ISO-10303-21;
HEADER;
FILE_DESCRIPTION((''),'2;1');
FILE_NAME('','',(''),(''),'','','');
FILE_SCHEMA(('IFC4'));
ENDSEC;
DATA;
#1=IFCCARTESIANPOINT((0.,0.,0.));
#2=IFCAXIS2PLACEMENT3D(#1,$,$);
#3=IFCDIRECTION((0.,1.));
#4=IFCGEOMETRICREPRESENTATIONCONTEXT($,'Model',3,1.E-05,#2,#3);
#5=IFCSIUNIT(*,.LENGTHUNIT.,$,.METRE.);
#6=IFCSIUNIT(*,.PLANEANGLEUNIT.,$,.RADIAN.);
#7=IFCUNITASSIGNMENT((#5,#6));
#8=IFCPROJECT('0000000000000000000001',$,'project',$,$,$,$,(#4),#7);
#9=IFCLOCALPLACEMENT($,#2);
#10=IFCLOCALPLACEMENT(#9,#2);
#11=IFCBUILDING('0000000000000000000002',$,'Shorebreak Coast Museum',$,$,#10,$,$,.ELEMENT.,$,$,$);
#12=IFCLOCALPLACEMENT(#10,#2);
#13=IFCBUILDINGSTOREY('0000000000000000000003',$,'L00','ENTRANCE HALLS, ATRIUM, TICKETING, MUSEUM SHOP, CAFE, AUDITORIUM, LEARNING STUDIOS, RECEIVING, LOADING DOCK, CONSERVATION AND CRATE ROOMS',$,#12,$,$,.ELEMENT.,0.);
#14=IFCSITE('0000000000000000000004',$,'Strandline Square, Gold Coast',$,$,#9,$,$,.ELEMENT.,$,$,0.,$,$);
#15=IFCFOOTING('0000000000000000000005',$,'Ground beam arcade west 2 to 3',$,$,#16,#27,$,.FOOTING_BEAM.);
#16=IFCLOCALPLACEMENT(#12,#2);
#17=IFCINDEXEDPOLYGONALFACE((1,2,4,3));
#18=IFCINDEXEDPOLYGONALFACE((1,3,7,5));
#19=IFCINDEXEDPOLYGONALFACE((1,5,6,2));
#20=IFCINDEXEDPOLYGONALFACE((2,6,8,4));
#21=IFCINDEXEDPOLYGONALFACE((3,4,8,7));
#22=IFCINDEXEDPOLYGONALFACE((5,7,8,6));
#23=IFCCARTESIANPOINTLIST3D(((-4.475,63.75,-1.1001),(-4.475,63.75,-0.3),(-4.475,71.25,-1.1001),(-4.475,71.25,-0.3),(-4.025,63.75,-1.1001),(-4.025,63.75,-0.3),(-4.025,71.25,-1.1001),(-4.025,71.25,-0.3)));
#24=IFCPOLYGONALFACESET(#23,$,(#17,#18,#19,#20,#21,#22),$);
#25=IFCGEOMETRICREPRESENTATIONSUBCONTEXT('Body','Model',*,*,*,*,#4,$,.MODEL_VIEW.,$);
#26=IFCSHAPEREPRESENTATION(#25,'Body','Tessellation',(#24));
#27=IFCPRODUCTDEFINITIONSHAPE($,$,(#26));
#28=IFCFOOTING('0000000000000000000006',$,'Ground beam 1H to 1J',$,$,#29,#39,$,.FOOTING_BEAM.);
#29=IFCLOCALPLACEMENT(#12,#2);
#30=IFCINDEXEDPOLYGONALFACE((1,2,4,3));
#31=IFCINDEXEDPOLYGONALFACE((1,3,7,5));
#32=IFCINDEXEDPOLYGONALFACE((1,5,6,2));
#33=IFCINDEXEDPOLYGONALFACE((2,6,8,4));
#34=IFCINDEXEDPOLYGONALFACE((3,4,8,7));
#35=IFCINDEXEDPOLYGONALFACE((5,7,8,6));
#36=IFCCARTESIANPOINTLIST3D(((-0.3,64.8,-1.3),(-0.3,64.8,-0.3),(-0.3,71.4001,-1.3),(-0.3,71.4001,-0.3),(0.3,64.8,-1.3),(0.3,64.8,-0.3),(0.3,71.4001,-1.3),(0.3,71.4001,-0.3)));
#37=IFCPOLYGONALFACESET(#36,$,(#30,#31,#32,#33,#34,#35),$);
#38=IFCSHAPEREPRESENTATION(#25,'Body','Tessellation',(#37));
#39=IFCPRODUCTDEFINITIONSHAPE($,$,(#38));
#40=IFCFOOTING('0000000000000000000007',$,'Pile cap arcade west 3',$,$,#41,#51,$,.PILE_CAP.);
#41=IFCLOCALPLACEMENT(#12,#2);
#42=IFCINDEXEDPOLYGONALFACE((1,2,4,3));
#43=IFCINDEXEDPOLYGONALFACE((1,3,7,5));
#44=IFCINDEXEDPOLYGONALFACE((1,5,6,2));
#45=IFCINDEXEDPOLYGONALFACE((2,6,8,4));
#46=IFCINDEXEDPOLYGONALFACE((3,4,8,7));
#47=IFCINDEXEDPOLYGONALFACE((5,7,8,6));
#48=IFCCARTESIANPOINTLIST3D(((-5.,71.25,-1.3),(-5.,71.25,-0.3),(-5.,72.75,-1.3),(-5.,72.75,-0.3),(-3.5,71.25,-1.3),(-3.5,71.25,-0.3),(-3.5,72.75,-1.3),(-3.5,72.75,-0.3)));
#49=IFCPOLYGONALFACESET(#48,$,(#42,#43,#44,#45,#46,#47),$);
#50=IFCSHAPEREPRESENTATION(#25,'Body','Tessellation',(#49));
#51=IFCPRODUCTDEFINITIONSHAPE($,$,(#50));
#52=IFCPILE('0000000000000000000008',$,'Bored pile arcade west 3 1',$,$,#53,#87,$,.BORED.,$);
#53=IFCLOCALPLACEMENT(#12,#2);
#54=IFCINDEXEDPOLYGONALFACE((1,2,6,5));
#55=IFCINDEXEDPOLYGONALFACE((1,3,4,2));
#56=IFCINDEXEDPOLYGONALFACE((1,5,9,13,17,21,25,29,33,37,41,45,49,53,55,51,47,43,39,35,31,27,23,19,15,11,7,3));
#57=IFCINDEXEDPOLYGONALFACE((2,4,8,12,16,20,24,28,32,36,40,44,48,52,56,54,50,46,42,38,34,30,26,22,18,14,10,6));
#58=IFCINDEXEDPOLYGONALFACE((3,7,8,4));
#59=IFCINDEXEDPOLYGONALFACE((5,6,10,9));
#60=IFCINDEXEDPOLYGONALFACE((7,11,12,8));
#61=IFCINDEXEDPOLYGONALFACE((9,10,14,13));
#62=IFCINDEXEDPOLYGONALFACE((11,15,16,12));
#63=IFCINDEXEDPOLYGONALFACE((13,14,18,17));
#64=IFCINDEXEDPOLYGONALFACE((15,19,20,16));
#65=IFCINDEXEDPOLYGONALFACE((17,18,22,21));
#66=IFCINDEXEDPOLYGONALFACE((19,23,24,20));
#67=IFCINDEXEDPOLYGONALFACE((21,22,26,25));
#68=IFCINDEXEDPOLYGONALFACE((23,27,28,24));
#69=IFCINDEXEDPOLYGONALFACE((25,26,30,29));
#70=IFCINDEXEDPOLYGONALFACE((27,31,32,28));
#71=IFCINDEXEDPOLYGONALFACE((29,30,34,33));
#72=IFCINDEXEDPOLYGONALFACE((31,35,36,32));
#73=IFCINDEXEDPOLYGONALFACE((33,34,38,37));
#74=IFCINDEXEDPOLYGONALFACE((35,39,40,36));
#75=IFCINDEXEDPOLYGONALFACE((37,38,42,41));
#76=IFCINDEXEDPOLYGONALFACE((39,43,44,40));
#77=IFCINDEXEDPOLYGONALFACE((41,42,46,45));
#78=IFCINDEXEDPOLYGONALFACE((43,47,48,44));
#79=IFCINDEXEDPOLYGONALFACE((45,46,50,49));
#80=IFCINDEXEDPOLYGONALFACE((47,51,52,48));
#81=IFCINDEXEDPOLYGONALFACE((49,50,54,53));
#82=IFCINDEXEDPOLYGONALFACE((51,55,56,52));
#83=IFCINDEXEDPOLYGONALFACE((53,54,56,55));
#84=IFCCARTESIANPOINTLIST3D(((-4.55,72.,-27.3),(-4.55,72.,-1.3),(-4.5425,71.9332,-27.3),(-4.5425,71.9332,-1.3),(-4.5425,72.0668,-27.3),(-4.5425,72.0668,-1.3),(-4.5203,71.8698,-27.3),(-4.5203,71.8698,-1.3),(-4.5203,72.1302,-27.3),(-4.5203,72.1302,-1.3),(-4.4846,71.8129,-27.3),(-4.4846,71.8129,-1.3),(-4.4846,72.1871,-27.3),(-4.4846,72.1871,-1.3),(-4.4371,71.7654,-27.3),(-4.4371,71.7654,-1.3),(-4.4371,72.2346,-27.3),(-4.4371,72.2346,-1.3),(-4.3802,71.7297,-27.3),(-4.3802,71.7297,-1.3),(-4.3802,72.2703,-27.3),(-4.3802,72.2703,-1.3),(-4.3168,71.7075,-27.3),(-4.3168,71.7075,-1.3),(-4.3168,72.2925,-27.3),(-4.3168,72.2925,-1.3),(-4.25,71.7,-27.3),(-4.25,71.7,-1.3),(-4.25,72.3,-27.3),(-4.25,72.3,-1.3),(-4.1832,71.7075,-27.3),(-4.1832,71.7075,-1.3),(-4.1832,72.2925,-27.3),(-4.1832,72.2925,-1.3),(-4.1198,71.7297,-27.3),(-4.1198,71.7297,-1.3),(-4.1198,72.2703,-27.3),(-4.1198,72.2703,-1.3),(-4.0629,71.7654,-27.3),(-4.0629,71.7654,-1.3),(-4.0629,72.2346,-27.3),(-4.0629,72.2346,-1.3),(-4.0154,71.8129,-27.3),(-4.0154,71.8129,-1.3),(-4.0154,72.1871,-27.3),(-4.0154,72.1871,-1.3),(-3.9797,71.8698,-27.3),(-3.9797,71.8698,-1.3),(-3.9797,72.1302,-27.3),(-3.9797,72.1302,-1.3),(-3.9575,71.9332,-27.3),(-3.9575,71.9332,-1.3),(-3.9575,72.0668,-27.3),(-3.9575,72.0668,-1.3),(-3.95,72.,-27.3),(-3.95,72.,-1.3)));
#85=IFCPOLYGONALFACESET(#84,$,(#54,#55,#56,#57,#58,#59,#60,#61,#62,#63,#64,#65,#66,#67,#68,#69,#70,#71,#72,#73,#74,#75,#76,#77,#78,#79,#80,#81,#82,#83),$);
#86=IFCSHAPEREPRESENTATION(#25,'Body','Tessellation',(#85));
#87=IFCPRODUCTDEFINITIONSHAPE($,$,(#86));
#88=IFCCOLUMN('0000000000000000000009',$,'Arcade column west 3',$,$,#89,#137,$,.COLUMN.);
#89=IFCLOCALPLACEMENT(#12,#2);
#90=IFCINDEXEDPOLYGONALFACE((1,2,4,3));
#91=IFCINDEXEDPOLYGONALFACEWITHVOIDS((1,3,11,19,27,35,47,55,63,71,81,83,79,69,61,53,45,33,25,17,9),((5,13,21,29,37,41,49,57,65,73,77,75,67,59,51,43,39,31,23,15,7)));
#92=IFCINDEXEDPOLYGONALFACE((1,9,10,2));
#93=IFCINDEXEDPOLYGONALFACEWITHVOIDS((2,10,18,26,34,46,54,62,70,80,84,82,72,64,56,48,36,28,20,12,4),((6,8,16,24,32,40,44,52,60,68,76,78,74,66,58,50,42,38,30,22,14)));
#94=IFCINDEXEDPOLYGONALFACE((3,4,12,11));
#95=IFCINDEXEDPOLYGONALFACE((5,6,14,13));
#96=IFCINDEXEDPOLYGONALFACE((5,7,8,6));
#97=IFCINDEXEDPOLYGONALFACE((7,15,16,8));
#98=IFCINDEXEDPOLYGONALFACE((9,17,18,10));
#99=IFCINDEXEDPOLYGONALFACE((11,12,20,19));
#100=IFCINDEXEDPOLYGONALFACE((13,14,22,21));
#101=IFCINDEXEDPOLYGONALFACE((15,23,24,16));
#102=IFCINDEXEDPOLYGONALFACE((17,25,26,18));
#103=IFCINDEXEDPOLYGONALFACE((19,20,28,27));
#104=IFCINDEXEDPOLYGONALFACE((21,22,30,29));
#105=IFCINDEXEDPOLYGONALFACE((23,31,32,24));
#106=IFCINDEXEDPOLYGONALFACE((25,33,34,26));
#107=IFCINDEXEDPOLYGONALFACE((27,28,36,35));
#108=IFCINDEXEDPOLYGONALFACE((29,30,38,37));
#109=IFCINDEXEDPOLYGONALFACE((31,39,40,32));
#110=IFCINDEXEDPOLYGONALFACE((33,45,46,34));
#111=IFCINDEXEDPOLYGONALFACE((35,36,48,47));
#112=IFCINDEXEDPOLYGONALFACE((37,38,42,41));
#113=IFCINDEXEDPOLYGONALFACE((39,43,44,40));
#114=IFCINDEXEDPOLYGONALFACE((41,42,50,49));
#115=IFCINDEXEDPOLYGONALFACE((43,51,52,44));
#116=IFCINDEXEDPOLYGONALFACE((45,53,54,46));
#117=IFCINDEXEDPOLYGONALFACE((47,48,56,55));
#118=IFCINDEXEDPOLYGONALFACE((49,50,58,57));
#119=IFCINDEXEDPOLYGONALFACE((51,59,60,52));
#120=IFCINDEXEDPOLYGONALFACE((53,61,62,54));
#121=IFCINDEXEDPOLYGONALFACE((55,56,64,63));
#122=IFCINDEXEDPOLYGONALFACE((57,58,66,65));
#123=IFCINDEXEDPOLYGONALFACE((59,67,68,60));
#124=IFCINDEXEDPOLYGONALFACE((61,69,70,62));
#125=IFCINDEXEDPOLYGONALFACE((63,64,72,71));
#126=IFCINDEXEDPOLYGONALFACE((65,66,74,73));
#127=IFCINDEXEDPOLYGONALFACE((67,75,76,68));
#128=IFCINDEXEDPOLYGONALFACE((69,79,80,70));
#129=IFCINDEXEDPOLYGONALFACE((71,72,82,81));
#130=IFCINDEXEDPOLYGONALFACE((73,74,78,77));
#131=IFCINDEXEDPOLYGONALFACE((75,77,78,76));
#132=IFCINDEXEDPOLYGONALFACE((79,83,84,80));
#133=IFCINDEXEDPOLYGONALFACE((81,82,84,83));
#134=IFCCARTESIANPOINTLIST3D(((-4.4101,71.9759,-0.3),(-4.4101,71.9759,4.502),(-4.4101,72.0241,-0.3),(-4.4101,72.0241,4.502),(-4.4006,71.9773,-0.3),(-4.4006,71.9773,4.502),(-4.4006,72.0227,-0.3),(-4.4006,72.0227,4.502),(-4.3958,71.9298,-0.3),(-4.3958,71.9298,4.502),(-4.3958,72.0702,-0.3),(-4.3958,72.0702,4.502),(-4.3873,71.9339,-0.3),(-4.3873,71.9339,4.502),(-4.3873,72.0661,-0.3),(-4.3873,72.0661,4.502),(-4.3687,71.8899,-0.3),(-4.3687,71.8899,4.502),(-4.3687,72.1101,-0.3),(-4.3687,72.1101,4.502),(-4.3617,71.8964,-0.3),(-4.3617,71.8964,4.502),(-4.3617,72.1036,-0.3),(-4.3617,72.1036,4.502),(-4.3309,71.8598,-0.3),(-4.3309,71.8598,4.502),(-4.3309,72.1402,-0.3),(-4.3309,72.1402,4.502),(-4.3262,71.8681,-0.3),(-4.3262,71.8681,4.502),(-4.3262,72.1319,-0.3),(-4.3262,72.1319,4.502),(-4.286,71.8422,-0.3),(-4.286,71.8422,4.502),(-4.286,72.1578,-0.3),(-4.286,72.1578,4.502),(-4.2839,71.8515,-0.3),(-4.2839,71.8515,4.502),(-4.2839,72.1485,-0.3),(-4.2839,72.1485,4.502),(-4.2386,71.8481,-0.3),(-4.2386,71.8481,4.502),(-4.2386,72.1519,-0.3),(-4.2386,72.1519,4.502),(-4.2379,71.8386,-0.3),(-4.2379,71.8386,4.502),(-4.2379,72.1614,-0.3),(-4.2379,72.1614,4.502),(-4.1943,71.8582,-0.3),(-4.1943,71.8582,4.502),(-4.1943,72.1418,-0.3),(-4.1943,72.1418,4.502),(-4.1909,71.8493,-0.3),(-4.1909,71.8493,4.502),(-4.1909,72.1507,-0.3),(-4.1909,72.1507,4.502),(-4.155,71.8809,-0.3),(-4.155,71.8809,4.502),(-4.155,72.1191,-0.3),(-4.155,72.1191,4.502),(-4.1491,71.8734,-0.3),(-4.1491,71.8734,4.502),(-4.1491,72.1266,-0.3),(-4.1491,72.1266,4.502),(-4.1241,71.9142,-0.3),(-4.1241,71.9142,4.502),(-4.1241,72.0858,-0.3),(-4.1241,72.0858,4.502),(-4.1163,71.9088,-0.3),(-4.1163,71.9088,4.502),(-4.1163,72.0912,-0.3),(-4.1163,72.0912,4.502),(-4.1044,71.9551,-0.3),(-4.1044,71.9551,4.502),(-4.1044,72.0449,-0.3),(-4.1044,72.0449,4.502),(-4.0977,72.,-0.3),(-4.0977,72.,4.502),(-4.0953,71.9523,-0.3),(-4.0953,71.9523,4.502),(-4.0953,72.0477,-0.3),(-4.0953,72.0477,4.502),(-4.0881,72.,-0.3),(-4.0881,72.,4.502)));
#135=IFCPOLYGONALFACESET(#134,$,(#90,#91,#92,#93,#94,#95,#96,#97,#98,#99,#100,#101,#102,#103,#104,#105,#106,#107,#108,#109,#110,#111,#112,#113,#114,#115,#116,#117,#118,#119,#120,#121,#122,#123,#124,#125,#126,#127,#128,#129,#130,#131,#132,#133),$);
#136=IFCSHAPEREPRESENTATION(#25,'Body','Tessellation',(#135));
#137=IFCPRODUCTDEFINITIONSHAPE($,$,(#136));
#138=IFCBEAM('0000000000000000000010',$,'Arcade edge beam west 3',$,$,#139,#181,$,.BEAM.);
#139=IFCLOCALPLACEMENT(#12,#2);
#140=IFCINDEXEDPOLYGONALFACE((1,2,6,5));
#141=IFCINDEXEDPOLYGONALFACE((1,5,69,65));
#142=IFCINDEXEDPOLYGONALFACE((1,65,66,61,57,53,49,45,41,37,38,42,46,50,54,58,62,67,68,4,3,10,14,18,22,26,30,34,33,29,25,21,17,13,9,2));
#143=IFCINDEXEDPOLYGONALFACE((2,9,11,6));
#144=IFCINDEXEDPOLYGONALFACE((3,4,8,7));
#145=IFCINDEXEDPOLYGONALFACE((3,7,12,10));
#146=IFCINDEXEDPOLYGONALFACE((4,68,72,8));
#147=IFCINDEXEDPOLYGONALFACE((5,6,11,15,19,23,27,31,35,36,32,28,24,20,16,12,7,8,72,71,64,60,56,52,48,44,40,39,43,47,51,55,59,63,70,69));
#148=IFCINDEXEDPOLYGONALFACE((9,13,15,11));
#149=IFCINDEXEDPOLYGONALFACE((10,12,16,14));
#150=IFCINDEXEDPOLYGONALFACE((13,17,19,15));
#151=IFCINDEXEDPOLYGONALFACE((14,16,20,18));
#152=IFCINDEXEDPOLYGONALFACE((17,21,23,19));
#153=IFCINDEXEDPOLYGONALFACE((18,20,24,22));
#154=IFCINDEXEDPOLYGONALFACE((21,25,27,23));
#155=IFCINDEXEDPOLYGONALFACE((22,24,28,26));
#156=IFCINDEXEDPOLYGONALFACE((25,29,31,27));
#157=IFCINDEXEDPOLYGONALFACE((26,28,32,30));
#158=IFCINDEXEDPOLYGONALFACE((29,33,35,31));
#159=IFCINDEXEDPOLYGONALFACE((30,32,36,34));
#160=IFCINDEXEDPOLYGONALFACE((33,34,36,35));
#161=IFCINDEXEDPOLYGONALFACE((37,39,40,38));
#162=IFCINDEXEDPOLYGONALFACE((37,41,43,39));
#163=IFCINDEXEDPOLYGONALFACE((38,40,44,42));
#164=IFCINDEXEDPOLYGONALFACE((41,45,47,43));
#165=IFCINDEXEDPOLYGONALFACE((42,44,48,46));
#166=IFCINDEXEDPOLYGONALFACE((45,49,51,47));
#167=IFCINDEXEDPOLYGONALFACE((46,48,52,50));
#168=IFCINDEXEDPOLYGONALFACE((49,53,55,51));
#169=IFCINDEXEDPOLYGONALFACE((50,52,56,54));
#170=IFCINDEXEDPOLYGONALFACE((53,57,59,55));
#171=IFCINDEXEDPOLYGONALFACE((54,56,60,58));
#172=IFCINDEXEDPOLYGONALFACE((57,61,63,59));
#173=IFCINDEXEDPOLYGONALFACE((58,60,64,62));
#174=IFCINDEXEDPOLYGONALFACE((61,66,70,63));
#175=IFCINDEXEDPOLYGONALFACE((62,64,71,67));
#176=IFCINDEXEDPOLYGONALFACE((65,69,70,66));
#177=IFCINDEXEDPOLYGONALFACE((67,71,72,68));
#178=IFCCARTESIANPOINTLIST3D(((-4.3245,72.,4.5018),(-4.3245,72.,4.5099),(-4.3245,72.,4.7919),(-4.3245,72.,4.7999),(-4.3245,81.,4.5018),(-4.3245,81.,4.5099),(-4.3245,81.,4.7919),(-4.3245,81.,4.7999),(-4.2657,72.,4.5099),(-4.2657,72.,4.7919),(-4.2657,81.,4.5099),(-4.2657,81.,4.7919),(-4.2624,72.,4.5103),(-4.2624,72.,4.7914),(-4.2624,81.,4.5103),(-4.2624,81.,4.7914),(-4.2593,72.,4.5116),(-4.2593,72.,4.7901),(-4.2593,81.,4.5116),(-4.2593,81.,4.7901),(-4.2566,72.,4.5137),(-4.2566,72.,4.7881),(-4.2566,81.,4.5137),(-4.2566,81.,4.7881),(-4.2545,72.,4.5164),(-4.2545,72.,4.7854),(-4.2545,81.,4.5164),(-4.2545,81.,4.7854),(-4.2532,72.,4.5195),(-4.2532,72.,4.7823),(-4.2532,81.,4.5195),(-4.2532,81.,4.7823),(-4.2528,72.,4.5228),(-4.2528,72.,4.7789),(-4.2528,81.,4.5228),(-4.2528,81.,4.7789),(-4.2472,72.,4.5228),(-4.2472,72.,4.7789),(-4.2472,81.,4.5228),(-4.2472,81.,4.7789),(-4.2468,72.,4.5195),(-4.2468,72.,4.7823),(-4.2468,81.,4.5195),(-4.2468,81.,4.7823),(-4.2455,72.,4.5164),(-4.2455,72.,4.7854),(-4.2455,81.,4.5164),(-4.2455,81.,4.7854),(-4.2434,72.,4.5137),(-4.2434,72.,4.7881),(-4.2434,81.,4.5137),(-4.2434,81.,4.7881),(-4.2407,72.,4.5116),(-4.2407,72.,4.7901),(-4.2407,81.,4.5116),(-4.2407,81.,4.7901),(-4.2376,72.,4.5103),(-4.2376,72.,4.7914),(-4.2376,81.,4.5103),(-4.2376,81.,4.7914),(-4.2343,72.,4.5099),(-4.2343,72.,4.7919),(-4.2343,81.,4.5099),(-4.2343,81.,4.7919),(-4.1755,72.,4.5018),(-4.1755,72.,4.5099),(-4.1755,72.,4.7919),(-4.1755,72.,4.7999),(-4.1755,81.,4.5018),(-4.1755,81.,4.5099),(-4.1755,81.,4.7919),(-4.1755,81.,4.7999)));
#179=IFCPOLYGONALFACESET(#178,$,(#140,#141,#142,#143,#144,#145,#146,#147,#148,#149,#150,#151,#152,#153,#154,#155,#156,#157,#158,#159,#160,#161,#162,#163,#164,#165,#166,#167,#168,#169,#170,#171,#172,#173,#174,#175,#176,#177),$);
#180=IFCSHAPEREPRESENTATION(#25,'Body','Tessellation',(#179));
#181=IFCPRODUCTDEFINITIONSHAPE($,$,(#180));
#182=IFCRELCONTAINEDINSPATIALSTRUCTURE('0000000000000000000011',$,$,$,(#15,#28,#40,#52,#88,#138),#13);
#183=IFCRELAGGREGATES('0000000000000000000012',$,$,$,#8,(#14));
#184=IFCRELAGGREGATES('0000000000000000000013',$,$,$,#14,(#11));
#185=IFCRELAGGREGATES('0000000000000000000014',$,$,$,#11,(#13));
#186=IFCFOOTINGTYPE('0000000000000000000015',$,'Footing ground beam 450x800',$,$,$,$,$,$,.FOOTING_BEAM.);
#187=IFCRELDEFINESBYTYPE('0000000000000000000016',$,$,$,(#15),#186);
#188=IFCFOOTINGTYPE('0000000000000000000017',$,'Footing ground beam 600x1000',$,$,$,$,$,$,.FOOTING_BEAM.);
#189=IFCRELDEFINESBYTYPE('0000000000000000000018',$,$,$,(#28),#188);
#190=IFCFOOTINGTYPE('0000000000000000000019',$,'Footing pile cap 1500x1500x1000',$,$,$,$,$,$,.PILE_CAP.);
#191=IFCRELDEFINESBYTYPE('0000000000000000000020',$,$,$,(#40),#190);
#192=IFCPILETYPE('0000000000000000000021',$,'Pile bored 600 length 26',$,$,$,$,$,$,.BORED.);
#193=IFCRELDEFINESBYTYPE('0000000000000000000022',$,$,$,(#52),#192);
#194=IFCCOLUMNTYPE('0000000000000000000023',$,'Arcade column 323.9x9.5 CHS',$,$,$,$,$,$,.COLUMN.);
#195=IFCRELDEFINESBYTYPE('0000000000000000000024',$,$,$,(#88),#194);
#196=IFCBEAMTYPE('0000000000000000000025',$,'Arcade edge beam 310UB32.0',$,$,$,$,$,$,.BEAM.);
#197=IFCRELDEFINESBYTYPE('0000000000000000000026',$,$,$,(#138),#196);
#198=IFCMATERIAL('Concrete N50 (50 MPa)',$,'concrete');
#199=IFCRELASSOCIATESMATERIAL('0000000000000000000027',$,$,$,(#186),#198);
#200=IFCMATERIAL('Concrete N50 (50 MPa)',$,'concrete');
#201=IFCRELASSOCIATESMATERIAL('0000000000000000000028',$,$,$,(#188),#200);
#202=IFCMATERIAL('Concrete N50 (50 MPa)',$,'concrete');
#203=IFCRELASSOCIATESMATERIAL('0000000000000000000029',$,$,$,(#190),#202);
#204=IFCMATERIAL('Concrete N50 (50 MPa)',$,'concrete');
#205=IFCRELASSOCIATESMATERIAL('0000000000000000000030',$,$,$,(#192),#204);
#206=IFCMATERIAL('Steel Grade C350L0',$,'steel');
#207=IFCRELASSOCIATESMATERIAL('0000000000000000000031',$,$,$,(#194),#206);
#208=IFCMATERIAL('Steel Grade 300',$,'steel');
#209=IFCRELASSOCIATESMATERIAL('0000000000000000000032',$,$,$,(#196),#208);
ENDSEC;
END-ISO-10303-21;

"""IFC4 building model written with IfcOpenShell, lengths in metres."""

from ifc_helpers import new_model, si_unit, direction, frame, origin, origin_2d, place, context, subcontext, project, spatial, rectangle, circle, hollow_circle, i_section, extrude, material, material_profile, profile_set, type_object, element, save


model = new_model("IFC4")

# Units and contexts
model_context = context("Model", 3, precision=1e-05, world=origin(), true_north=direction((0.0, 1.0)))
body_context = subcontext(model_context, "Body", "Model", "MODEL_VIEW")
ifc_project = project(units=[si_unit("LENGTHUNIT", "METRE"), si_unit("PLANEANGLEUNIT", "RADIAN")], contexts=[model_context])

# Site, building, storey
site_placement = place(None, origin())
site = spatial("IfcSite", under=ifc_project, at=site_placement, Name="Strandline Square, Gold Coast", CompositionType="ELEMENT", RefElevation=0.0)
building_placement = place(site_placement, origin())
building = spatial("IfcBuilding", under=site, at=building_placement, Name="Shorebreak Coast Museum", CompositionType="ELEMENT")
storey_placement = place(building_placement, origin())
storey = spatial("IfcBuildingStorey", under=building, at=storey_placement, Name="L00", Description="ENTRANCE HALLS, ATRIUM, TICKETING, MUSEUM SHOP, CAFE, AUDITORIUM, LEARNING STUDIOS, RECEIVING, LOADING DOCK, CONSERVATION AND CRATE ROOMS", CompositionType="ELEMENT", Elevation=0.0)

# Footings
ifc_material_1 = material(Name="Concrete N50 (50 MPa)", Category="concrete")
footing_type_1 = type_object("IfcFootingType", Name="Footing ground beam 450x800", PredefinedType="FOOTING_BEAM", material=ifc_material_1)
footing_1_placement = place(storey_placement, frame((-4.25, 67.5, -1.1001), z_axis=(0.0, 0.0, 1.0), x_axis=(1.0, 0.0, 0.0)))
element("IfcFooting", 1, at=footing_1_placement, inside=storey, type_object=footing_type_1, Name="Ground beam arcade west 2 to 3", PredefinedType="FOOTING_BEAM", context=body_context, shape_type="SweptSolid", body=[
    extrude(rectangle(XDim=0.45, YDim=7.5, at=origin_2d()), origin(), (0.0, 0.0, 1.0), 0.8),
])
ifc_material_2 = material(Name="Concrete N50 (50 MPa)", Category="concrete")
footing_type_2 = type_object("IfcFootingType", Name="Footing ground beam 600x1000", PredefinedType="FOOTING_BEAM", material=ifc_material_2)
footing_2_placement = place(storey_placement, frame((0.0, 68.1001, -1.3), z_axis=(0.0, 0.0, 1.0), x_axis=(1.0, 0.0, 0.0)))
element("IfcFooting", 2, at=footing_2_placement, inside=storey, type_object=footing_type_2, Name="Ground beam 1H to 1J", PredefinedType="FOOTING_BEAM", context=body_context, shape_type="SweptSolid", body=[
    extrude(rectangle(XDim=0.6001, YDim=6.6001, at=origin_2d()), origin(), (0.0, 0.0, 1.0), 1.0),
])
ifc_material_3 = material(Name="Concrete N50 (50 MPa)", Category="concrete")
footing_type_3 = type_object("IfcFootingType", Name="Footing pile cap 1500x1500x1000", PredefinedType="PILE_CAP", material=ifc_material_3)
footing_3_placement = place(storey_placement, frame((-4.25, 72.0, -1.3), z_axis=(0.0, 0.0, 1.0), x_axis=(1.0, 0.0, 0.0)))
element("IfcFooting", 3, at=footing_3_placement, inside=storey, type_object=footing_type_3, Name="Pile cap arcade west 3", PredefinedType="PILE_CAP", context=body_context, shape_type="SweptSolid", body=[
    extrude(rectangle(XDim=1.5, YDim=1.5, at=origin_2d()), origin(), (0.0, 0.0, 1.0), 1.0),
])

# Pile
ifc_material_4 = material(Name="Concrete N50 (50 MPa)", Category="concrete")
ifc_material_profile_1 = material_profile(ifc_material_4, circle(Radius=0.3, at=origin_2d()), Name="Pile bored 600 length 26")
ifc_profile_set_1 = profile_set([ifc_material_profile_1], Name="Concrete N50 (50 MPa)")
pile_type = type_object("IfcPileType", Name="Pile bored 600 length 26", PredefinedType="BORED", material=ifc_profile_set_1)
pile_placement = place(storey_placement, frame((-4.25, 72.0, -1.3), z_axis=(0.0, 0.0, -1.0), x_axis=(1.0, 0.0, 0.0)))
element("IfcPile", 4, at=pile_placement, inside=storey, type_object=pile_type, Name="Bored pile arcade west 3 1", PredefinedType="BORED", context=body_context, shape_type="SweptSolid", body=[
    extrude(circle(Radius=0.3, at=origin_2d()), origin(), (0.0, 0.0, 1.0), 26.0),
])

# Column
ifc_material_5 = material(Name="Steel Grade C350L0", Category="steel")
ifc_material_profile_2 = material_profile(ifc_material_5, hollow_circle(Radius=0.1619, WallThickness=0.0095, at=origin_2d()), Name="323.9x9.5 CHS")
ifc_profile_set_2 = profile_set([ifc_material_profile_2], Name="Steel Grade C350L0")
column_type = type_object("IfcColumnType", Name="Arcade column 323.9x9.5 CHS", PredefinedType="COLUMN", material=ifc_profile_set_2)
column_placement = place(storey_placement, frame((-4.25, 72.0, -0.3), z_axis=(0.0, 0.0, 1.0), x_axis=(1.0, 0.0, 0.0)))
element("IfcColumn", 5, at=column_placement, inside=storey, type_object=column_type, Name="Arcade column west 3", PredefinedType="COLUMN", context=body_context, shape_type="SweptSolid", body=[
    extrude(hollow_circle(Radius=0.1619, WallThickness=0.0095, at=origin_2d()), origin(), (0.0, 0.0, 1.0), 4.802),
])

# Beam
ifc_material_6 = material(Name="Steel Grade 300", Category="steel")
ifc_material_profile_3 = material_profile(ifc_material_6, i_section(OverallWidth=0.1489, OverallDepth=0.2981, WebThickness=0.0056, FlangeThickness=0.0081, FilletRadius=0.0129, at=origin_2d()), Name="310UB32.0")
ifc_profile_set_3 = profile_set([ifc_material_profile_3], Name="Steel Grade 300")
beam_type = type_object("IfcBeamType", Name="Arcade edge beam 310UB32.0", PredefinedType="BEAM", material=ifc_profile_set_3)
beam_placement = place(storey_placement, frame((-4.25, 72.0, 4.6509), z_axis=(0.0, 1.0, 0.0), x_axis=(-1.0, 0.0, 0.0)))
element("IfcBeam", 6, at=beam_placement, inside=storey, type_object=beam_type, Name="Arcade edge beam west 3", PredefinedType="BEAM", context=body_context, shape_type="SweptSolid", body=[
    extrude(i_section(OverallWidth=0.1489, OverallDepth=0.2981, WebThickness=0.0056, FlangeThickness=0.0081, FilletRadius=0.0129, at=origin_2d()), origin(), (0.0, 0.0, 1.0), 9.0),
])

save(model, "model.ifc")
